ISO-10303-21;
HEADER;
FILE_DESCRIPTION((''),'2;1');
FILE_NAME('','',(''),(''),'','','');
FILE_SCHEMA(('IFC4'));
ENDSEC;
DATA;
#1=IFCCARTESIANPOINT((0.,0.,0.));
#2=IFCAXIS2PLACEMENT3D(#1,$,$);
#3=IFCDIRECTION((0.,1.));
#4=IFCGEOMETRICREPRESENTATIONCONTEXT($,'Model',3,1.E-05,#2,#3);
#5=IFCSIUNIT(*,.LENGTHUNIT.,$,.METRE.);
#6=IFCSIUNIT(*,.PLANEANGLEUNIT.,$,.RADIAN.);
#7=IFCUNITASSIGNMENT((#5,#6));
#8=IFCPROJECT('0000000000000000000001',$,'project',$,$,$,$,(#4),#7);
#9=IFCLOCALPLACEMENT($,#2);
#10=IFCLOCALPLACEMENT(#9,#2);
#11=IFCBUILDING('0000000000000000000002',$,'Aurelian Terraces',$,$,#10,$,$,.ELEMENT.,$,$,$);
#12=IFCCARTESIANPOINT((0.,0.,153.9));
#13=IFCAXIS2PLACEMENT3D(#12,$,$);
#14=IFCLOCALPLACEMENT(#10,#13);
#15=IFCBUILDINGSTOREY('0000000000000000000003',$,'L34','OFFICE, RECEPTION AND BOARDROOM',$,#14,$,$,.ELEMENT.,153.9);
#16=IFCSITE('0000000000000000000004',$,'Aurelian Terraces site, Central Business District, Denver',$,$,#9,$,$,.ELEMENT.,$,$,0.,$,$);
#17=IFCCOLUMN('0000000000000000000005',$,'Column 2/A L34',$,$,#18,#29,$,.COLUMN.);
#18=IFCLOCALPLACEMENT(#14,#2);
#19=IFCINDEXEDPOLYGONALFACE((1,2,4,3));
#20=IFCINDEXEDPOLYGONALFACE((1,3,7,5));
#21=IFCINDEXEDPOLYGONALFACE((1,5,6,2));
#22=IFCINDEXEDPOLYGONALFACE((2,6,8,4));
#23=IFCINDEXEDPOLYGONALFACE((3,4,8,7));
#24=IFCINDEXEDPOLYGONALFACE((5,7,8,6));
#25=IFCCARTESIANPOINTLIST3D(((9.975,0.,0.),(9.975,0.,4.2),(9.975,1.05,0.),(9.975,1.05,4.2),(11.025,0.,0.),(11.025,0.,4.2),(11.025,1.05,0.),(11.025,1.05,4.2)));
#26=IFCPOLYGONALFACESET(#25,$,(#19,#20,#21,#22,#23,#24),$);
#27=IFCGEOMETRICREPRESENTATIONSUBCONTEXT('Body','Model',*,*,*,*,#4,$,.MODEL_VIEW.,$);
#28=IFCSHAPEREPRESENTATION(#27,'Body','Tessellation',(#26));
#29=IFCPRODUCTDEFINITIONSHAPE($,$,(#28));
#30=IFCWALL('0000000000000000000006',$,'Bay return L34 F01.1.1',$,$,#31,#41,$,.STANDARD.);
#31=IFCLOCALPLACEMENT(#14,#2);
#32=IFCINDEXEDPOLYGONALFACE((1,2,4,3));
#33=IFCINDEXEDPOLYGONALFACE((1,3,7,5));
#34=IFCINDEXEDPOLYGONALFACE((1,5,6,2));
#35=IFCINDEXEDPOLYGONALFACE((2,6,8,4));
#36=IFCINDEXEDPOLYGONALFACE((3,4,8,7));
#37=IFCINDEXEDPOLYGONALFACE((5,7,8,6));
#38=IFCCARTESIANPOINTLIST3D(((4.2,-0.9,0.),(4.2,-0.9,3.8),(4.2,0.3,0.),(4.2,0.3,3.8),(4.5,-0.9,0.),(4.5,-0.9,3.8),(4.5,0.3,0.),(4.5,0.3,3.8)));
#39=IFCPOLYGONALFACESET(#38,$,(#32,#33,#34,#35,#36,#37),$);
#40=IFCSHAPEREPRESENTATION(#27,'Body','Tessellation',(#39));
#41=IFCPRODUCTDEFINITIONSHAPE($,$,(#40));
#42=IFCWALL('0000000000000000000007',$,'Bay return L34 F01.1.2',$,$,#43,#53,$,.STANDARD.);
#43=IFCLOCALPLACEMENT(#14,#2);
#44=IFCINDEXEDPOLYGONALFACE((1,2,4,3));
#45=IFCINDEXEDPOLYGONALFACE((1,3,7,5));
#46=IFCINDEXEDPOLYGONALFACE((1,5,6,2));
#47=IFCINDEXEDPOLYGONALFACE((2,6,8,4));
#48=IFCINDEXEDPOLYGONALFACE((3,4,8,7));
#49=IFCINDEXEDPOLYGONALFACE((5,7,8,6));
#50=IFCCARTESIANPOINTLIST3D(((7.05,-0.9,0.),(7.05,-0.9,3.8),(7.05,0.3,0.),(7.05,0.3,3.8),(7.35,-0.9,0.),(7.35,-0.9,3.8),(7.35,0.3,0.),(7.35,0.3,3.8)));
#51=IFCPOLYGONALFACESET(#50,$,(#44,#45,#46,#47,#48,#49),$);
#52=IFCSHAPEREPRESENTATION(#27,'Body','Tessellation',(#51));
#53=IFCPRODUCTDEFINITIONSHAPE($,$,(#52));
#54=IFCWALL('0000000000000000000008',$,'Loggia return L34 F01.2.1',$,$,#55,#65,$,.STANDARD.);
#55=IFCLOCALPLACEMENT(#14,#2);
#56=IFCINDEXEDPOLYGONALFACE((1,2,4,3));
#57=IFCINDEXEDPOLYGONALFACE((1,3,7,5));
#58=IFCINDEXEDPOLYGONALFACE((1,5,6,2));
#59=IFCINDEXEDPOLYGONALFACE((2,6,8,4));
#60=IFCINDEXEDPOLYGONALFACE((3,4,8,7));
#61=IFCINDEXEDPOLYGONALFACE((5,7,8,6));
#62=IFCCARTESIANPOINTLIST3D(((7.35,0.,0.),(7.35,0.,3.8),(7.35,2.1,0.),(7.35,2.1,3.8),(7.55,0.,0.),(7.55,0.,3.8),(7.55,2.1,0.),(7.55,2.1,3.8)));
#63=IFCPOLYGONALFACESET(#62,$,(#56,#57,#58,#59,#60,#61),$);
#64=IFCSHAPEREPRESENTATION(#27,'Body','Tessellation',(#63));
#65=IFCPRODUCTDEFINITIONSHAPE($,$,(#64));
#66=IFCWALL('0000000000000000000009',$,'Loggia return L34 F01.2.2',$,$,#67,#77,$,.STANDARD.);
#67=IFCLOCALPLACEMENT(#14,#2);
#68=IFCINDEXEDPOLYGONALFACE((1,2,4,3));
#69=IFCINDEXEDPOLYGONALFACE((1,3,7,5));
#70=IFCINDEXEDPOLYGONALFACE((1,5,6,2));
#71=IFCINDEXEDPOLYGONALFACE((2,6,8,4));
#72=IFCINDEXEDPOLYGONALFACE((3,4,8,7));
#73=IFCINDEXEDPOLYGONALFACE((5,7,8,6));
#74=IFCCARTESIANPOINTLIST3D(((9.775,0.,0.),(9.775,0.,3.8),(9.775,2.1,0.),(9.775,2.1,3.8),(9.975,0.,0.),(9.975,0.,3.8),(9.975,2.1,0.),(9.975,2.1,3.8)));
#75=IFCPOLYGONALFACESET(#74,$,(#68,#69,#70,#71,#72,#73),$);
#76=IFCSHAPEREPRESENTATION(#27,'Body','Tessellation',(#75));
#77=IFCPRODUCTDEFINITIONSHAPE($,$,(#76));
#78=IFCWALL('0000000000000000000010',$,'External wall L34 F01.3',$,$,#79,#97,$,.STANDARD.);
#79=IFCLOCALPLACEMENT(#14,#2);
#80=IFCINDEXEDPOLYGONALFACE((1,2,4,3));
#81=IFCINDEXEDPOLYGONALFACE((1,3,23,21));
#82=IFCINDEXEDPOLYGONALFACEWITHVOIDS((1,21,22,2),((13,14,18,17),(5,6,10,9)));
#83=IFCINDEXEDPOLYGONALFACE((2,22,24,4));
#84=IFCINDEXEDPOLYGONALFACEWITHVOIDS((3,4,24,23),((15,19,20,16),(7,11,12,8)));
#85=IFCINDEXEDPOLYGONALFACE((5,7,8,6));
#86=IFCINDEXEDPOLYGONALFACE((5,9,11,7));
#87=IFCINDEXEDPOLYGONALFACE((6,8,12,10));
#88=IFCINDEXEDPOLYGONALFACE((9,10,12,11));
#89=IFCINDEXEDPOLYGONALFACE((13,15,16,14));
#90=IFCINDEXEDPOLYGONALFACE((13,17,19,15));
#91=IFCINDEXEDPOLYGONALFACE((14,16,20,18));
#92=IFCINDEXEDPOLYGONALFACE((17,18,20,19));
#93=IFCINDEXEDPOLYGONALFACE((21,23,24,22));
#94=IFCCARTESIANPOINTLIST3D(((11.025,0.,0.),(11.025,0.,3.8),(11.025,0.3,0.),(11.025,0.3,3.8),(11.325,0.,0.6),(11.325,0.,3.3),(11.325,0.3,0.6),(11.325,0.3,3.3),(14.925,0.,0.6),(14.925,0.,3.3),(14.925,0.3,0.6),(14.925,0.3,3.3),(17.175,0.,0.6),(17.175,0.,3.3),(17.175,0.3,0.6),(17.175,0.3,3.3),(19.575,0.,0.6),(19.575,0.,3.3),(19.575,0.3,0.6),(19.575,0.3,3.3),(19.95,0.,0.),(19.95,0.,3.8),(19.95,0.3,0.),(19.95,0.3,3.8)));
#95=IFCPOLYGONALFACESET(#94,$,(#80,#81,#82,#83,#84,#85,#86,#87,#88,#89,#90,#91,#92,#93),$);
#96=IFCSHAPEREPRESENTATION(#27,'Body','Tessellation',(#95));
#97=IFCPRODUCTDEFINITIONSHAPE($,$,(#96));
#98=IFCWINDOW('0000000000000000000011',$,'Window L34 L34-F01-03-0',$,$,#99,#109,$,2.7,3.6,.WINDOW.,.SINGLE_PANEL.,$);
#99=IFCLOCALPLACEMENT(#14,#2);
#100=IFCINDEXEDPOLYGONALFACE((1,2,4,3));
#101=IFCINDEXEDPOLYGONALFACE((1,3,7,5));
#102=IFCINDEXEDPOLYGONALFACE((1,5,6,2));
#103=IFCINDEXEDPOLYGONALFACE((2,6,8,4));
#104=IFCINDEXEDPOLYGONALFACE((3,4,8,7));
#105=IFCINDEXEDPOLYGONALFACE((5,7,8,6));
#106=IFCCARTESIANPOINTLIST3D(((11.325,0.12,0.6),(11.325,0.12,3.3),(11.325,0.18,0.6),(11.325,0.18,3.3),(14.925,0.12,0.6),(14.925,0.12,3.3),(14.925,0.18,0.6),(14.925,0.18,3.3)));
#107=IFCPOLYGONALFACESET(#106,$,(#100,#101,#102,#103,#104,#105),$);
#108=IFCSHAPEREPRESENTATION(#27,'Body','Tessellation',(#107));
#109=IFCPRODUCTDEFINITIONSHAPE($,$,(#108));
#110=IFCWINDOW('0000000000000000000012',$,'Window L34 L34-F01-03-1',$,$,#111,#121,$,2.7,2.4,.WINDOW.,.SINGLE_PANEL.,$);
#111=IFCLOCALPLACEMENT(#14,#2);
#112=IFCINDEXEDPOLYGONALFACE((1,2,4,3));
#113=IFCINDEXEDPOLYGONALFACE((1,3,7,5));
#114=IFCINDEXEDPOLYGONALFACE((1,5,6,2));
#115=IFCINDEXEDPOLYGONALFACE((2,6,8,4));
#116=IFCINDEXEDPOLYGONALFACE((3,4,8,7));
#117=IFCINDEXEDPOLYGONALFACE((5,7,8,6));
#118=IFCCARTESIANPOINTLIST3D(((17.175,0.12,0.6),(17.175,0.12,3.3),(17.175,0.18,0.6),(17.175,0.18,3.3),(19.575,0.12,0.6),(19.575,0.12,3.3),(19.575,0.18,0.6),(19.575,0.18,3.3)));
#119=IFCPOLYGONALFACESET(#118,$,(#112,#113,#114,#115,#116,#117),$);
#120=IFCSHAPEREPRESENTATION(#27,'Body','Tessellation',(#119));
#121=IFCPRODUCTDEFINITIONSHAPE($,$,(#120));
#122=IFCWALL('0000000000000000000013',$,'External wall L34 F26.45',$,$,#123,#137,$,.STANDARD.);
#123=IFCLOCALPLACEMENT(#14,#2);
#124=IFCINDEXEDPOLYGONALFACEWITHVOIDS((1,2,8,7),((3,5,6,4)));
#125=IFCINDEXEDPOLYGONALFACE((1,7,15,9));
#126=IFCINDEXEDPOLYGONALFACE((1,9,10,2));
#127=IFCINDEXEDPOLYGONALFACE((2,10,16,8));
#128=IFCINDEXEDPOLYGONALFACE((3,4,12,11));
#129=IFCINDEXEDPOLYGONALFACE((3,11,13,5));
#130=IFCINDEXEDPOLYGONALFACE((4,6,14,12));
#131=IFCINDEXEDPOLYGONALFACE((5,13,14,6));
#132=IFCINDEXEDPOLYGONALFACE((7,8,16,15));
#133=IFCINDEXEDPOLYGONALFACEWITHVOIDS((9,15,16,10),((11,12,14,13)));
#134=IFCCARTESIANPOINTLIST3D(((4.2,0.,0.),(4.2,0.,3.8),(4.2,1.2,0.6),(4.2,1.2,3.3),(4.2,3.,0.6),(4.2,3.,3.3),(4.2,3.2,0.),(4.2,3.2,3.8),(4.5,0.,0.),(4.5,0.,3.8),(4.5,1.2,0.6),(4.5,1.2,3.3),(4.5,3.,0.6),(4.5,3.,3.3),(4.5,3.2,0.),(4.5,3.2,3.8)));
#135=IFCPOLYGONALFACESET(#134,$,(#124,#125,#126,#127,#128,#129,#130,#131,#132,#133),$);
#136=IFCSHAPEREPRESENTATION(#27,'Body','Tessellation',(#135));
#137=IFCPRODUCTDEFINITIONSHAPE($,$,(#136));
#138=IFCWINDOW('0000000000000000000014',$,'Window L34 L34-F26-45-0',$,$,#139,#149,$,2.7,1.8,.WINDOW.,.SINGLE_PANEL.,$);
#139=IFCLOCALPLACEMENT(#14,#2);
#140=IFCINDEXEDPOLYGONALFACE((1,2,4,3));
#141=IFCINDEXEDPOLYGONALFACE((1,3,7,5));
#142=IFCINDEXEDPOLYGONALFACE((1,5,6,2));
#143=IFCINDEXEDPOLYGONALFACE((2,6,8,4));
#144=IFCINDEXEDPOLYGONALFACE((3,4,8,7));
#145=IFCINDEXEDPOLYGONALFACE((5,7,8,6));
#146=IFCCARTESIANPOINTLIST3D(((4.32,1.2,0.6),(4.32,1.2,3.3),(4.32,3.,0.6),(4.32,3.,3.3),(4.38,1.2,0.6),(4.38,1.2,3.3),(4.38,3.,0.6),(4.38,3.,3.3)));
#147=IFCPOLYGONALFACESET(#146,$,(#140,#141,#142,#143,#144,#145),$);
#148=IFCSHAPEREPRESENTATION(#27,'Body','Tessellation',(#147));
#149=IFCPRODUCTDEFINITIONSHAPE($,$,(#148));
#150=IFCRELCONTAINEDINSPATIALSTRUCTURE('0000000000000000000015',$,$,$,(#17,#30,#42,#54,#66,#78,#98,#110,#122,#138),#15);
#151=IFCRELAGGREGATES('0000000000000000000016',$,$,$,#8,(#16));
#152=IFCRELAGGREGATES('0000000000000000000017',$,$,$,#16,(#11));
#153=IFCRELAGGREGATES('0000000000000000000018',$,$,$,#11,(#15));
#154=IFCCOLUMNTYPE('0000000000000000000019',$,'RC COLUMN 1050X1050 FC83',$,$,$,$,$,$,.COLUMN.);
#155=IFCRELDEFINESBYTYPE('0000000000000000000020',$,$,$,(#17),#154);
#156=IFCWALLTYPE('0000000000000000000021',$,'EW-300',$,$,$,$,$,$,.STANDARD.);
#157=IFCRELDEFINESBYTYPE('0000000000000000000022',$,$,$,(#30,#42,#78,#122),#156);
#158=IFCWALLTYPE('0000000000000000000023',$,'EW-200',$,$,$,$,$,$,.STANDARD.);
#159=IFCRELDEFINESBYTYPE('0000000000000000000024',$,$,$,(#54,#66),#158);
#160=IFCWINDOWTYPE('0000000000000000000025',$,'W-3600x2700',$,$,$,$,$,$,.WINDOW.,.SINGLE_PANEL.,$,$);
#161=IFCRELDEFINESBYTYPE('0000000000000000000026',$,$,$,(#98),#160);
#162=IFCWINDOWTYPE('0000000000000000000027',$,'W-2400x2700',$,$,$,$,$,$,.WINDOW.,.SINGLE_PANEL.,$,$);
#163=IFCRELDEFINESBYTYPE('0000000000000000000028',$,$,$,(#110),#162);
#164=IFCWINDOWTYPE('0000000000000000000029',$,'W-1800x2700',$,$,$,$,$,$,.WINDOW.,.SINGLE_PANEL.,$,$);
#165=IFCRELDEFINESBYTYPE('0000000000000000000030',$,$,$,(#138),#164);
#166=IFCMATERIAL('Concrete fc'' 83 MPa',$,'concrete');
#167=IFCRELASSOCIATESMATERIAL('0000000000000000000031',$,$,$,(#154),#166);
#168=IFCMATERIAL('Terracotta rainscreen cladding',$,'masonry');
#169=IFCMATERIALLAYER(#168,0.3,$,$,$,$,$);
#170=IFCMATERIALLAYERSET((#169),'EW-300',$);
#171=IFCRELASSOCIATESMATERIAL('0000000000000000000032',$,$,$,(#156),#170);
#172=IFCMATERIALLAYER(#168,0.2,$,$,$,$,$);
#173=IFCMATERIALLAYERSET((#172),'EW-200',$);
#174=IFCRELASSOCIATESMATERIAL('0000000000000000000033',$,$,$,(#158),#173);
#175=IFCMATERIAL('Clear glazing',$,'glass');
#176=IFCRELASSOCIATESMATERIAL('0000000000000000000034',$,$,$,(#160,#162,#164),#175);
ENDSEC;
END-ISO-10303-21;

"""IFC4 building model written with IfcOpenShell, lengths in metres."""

from ifc_helpers import new_model, si_unit, direction, frame, frame_2d, origin, origin_2d, place, context, subcontext, project, spatial, rectangle, extrude, source, transform, mapped, material, layer, layer_set, material_profile, profile_set, type_object, element, fill, save


model = new_model("IFC4")

# Units and contexts
model_context = context("Model", 3, precision=1e-05, world=origin(), true_north=direction((0.0, 1.0)))
body_context = subcontext(model_context, "Body", "Model", "MODEL_VIEW")
ifc_project = project(units=[si_unit("LENGTHUNIT", "METRE"), si_unit("PLANEANGLEUNIT", "RADIAN")], contexts=[model_context])

# Site, building, storey
site_placement = place(None, origin())
site = spatial("IfcSite", under=ifc_project, at=site_placement, Name="Aurelian Terraces site, Central Business District, Denver", CompositionType="ELEMENT", RefElevation=0.0)
building_placement = place(site_placement, origin())
building = spatial("IfcBuilding", under=site, at=building_placement, Name="Aurelian Terraces", CompositionType="ELEMENT")
storey_placement = place(building_placement, frame((0.0, 0.0, 153.9)))
storey = spatial("IfcBuildingStorey", under=building, at=storey_placement, Name="L34", Description="OFFICE, RECEPTION AND BOARDROOM", CompositionType="ELEMENT", Elevation=153.9)

# Column
ifc_material_1 = material(Name="Concrete fc' 83 MPa", Category="concrete")
ifc_material_profile = material_profile(ifc_material_1, rectangle(XDim=1.05, YDim=1.05, at=origin_2d()))
ifc_profile_set = profile_set([ifc_material_profile], Name="Concrete fc' 83 MPa")
column_type = type_object("IfcColumnType", Name="RC COLUMN 1050X1050 FC83", PredefinedType="COLUMN", material=ifc_profile_set)
shared_shape_1 = source(origin(), body_context, "Body", "SweptSolid", [
    extrude(rectangle(XDim=1.05, YDim=1.05, at=origin_2d()), origin(), (0.0, 0.0, 1.0), 4.2),
])
column_placement = place(storey_placement, frame((10.5, 0.525, 0.0), z_axis=(0.0, 0.0, 1.0), x_axis=(1.0, 0.0, 0.0)))
element("IfcColumn", 1, at=column_placement, inside=storey, type_object=column_type, Name="Column 2/A L34", PredefinedType="COLUMN", context=body_context, shape_type="MappedRepresentation", body=[
    mapped(shared_shape_1, transform((0.0, 0.0, 0.0), scale=1.0)),
])

# Walls
ifc_material_2 = material(Name="Terracotta rainscreen cladding", Category="masonry")
ifc_layer_1 = layer(ifc_material_2, 0.3)
ifc_layer_set_1 = layer_set([ifc_layer_1], Name="EW-300")
wall_type_1 = type_object("IfcWallType", Name="EW-300", PredefinedType="STANDARD", material=ifc_layer_set_1)
shared_shape_2 = source(origin(), body_context, "Body", "SweptSolid", [
    extrude(rectangle(XDim=1.2, YDim=0.3, at=frame_2d((0.6, 0.0))), origin(), (0.0, 0.0, 1.0), 3.8),
])
for number, where, z_axis, x_axis, name in (
    (2, (4.35, 0.3, 0.0), (0.0, 0.0, 1.0), (0.0, -1.0, 0.0), "Bay return L34 F01.1.1"),
    (3, (7.2, 0.3, 0.0), (0.0, 0.0, 1.0), (0.0, -1.0, 0.0), "Bay return L34 F01.1.2"),
):
    element("IfcWall", number, at=place(storey_placement, frame(where, z_axis=z_axis, x_axis=x_axis)), inside=storey, type_object=wall_type_1, Name=name, PredefinedType="STANDARD", context=body_context, shape_type="MappedRepresentation", body=[
        mapped(shared_shape_2, transform((0.0, 0.0, 0.0), scale=1.0)),
    ])
ifc_layer_2 = layer(ifc_material_2, 0.2)
ifc_layer_set_2 = layer_set([ifc_layer_2], Name="EW-200")
wall_type_2 = type_object("IfcWallType", Name="EW-200", PredefinedType="STANDARD", material=ifc_layer_set_2)
shared_shape_3 = source(origin(), body_context, "Body", "SweptSolid", [
    extrude(rectangle(XDim=2.1, YDim=0.2, at=frame_2d((1.05, 0.0))), origin(), (0.0, 0.0, 1.0), 3.8),
])
for number, where, z_axis, x_axis, name in (
    (4, (7.45, 0.0, 0.0), (0.0, 0.0, 1.0), (0.0, 1.0, 0.0), "Loggia return L34 F01.2.1"),
    (5, (9.875, 0.0, 0.0), (0.0, 0.0, 1.0), (0.0, 1.0, 0.0), "Loggia return L34 F01.2.2"),
):
    element("IfcWall", number, at=place(storey_placement, frame(where, z_axis=z_axis, x_axis=x_axis)), inside=storey, type_object=wall_type_2, Name=name, PredefinedType="STANDARD", context=body_context, shape_type="MappedRepresentation", body=[
        mapped(shared_shape_3, transform((0.0, 0.0, 0.0), scale=1.0)),
    ])

# Wall, openings, windows
shared_shape_4 = source(origin(), body_context, "Body", "SweptSolid", [
    extrude(rectangle(XDim=8.925, YDim=0.3, at=frame_2d((4.4625, 0.0))), origin(), (0.0, 0.0, 1.0), 3.8),
])
wall_1_placement = place(storey_placement, frame((11.025, 0.15, 0.0), z_axis=(0.0, 0.0, 1.0), x_axis=(1.0, 0.0, 0.0)))
wall_1 = element("IfcWall", 6, at=wall_1_placement, inside=storey, type_object=wall_type_1, Name="External wall L34 F01.3", PredefinedType="STANDARD", context=body_context, shape_type="MappedRepresentation", body=[
    mapped(shared_shape_4, transform((0.0, 0.0, 0.0), scale=1.0)),
])
shared_shape_5 = source(origin(), body_context, "Body", "SweptSolid", [
    extrude(rectangle(XDim=3.6, YDim=2.7, at=frame_2d((1.8, 1.35))), frame((0.0, 0.16, 0.0), z_axis=(0.0, -1.0, 0.0), x_axis=(1.0, 0.0, 0.0)), (0.0, 0.0, 1.0), 0.32),
])
opening_1_placement = place(wall_1_placement, frame((0.3, 0.0, 0.6)))
opening_1 = element("IfcOpeningElement", 7, at=opening_1_placement, cuts=wall_1, PredefinedType="OPENING", context=body_context, shape_type="MappedRepresentation", body=[
    mapped(shared_shape_5, transform((0.0, 0.0, 0.0), scale=1.0)),
])
shared_shape_6 = source(origin(), body_context, "Body", "SweptSolid", [
    extrude(rectangle(XDim=2.4, YDim=2.7, at=frame_2d((1.2, 1.35))), frame((0.0, 0.16, 0.0), z_axis=(0.0, -1.0, 0.0), x_axis=(1.0, 0.0, 0.0)), (0.0, 0.0, 1.0), 0.32),
])
opening_2_placement = place(wall_1_placement, frame((6.15, 0.0, 0.6)))
opening_2 = element("IfcOpeningElement", 8, at=opening_2_placement, cuts=wall_1, PredefinedType="OPENING", context=body_context, shape_type="MappedRepresentation", body=[
    mapped(shared_shape_6, transform((0.0, 0.0, 0.0), scale=1.0)),
])
ifc_material_3 = material(Name="Clear glazing", Category="glass")
window_type_1 = type_object("IfcWindowType", Name="W-3600x2700", PartitioningType="SINGLE_PANEL", PredefinedType="WINDOW", material=ifc_material_3)
shared_shape_7 = source(origin(), body_context, "Body", "SweptSolid", [
    extrude(rectangle(XDim=3.6, YDim=2.7, at=frame_2d((1.8, 1.35))), frame((0.0, 0.03, 0.0), z_axis=(0.0, -1.0, 0.0), x_axis=(1.0, 0.0, 0.0)), (0.0, 0.0, 1.0), 0.06),
])
window_1_placement = place(opening_1_placement, origin())
window_1 = element("IfcWindow", 9, at=window_1_placement, inside=storey, type_object=window_type_1, Name="Window L34 L34-F01-03-0", OverallHeight=2.7, OverallWidth=3.6, PartitioningType="SINGLE_PANEL", PredefinedType="WINDOW", context=body_context, shape_type="MappedRepresentation", body=[
    mapped(shared_shape_7, transform((0.0, 0.0, 0.0), scale=1.0)),
])
fill(opening_1, window_1)
window_type_2 = type_object("IfcWindowType", Name="W-2400x2700", PartitioningType="SINGLE_PANEL", PredefinedType="WINDOW", material=ifc_material_3)
shared_shape_8 = source(origin(), body_context, "Body", "SweptSolid", [
    extrude(rectangle(XDim=2.4, YDim=2.7, at=frame_2d((1.2, 1.35))), frame((0.0, 0.03, 0.0), z_axis=(0.0, -1.0, 0.0), x_axis=(1.0, 0.0, 0.0)), (0.0, 0.0, 1.0), 0.06),
])
window_2_placement = place(opening_2_placement, origin())
window_2 = element("IfcWindow", 10, at=window_2_placement, inside=storey, type_object=window_type_2, Name="Window L34 L34-F01-03-1", OverallHeight=2.7, OverallWidth=2.4, PartitioningType="SINGLE_PANEL", PredefinedType="WINDOW", context=body_context, shape_type="MappedRepresentation", body=[
    mapped(shared_shape_8, transform((0.0, 0.0, 0.0), scale=1.0)),
])
fill(opening_2, window_2)

# Wall, opening, window
shared_shape_9 = source(origin(), body_context, "Body", "SweptSolid", [
    extrude(rectangle(XDim=3.2, YDim=0.3, at=frame_2d((1.6, 0.0))), origin(), (0.0, 0.0, 1.0), 3.8),
])
wall_2_placement = place(storey_placement, frame((4.35, 3.2, 0.0), z_axis=(0.0, 0.0, 1.0), x_axis=(0.0, -1.0, 0.0)))
wall_2 = element("IfcWall", 11, at=wall_2_placement, inside=storey, type_object=wall_type_1, Name="External wall L34 F26.45", PredefinedType="STANDARD", context=body_context, shape_type="MappedRepresentation", body=[
    mapped(shared_shape_9, transform((0.0, 0.0, 0.0), scale=1.0)),
])
shared_shape_10 = source(origin(), body_context, "Body", "SweptSolid", [
    extrude(rectangle(XDim=1.8, YDim=2.7, at=frame_2d((0.9, 1.35))), frame((0.0, 0.16, 0.0), z_axis=(0.0, -1.0, 0.0), x_axis=(1.0, 0.0, 0.0)), (0.0, 0.0, 1.0), 0.32),
])
opening_3_placement = place(wall_2_placement, frame((0.2, 0.0, 0.6)))
opening_3 = element("IfcOpeningElement", 12, at=opening_3_placement, cuts=wall_2, PredefinedType="OPENING", context=body_context, shape_type="MappedRepresentation", body=[
    mapped(shared_shape_10, transform((0.0, 0.0, 0.0), scale=1.0)),
])
window_type_3 = type_object("IfcWindowType", Name="W-1800x2700", PartitioningType="SINGLE_PANEL", PredefinedType="WINDOW", material=ifc_material_3)
shared_shape_11 = source(origin(), body_context, "Body", "SweptSolid", [
    extrude(rectangle(XDim=1.8, YDim=2.7, at=frame_2d((0.9, 1.35))), frame((0.0, 0.03, 0.0), z_axis=(0.0, -1.0, 0.0), x_axis=(1.0, 0.0, 0.0)), (0.0, 0.0, 1.0), 0.06),
])
window_3_placement = place(opening_3_placement, origin())
window_3 = element("IfcWindow", 13, at=window_3_placement, inside=storey, type_object=window_type_3, Name="Window L34 L34-F26-45-0", OverallHeight=2.7, OverallWidth=1.8, PartitioningType="SINGLE_PANEL", PredefinedType="WINDOW", context=body_context, shape_type="MappedRepresentation", body=[
    mapped(shared_shape_11, transform((0.0, 0.0, 0.0), scale=1.0)),
])
fill(opening_3, window_3)

save(model, "model.ifc")
